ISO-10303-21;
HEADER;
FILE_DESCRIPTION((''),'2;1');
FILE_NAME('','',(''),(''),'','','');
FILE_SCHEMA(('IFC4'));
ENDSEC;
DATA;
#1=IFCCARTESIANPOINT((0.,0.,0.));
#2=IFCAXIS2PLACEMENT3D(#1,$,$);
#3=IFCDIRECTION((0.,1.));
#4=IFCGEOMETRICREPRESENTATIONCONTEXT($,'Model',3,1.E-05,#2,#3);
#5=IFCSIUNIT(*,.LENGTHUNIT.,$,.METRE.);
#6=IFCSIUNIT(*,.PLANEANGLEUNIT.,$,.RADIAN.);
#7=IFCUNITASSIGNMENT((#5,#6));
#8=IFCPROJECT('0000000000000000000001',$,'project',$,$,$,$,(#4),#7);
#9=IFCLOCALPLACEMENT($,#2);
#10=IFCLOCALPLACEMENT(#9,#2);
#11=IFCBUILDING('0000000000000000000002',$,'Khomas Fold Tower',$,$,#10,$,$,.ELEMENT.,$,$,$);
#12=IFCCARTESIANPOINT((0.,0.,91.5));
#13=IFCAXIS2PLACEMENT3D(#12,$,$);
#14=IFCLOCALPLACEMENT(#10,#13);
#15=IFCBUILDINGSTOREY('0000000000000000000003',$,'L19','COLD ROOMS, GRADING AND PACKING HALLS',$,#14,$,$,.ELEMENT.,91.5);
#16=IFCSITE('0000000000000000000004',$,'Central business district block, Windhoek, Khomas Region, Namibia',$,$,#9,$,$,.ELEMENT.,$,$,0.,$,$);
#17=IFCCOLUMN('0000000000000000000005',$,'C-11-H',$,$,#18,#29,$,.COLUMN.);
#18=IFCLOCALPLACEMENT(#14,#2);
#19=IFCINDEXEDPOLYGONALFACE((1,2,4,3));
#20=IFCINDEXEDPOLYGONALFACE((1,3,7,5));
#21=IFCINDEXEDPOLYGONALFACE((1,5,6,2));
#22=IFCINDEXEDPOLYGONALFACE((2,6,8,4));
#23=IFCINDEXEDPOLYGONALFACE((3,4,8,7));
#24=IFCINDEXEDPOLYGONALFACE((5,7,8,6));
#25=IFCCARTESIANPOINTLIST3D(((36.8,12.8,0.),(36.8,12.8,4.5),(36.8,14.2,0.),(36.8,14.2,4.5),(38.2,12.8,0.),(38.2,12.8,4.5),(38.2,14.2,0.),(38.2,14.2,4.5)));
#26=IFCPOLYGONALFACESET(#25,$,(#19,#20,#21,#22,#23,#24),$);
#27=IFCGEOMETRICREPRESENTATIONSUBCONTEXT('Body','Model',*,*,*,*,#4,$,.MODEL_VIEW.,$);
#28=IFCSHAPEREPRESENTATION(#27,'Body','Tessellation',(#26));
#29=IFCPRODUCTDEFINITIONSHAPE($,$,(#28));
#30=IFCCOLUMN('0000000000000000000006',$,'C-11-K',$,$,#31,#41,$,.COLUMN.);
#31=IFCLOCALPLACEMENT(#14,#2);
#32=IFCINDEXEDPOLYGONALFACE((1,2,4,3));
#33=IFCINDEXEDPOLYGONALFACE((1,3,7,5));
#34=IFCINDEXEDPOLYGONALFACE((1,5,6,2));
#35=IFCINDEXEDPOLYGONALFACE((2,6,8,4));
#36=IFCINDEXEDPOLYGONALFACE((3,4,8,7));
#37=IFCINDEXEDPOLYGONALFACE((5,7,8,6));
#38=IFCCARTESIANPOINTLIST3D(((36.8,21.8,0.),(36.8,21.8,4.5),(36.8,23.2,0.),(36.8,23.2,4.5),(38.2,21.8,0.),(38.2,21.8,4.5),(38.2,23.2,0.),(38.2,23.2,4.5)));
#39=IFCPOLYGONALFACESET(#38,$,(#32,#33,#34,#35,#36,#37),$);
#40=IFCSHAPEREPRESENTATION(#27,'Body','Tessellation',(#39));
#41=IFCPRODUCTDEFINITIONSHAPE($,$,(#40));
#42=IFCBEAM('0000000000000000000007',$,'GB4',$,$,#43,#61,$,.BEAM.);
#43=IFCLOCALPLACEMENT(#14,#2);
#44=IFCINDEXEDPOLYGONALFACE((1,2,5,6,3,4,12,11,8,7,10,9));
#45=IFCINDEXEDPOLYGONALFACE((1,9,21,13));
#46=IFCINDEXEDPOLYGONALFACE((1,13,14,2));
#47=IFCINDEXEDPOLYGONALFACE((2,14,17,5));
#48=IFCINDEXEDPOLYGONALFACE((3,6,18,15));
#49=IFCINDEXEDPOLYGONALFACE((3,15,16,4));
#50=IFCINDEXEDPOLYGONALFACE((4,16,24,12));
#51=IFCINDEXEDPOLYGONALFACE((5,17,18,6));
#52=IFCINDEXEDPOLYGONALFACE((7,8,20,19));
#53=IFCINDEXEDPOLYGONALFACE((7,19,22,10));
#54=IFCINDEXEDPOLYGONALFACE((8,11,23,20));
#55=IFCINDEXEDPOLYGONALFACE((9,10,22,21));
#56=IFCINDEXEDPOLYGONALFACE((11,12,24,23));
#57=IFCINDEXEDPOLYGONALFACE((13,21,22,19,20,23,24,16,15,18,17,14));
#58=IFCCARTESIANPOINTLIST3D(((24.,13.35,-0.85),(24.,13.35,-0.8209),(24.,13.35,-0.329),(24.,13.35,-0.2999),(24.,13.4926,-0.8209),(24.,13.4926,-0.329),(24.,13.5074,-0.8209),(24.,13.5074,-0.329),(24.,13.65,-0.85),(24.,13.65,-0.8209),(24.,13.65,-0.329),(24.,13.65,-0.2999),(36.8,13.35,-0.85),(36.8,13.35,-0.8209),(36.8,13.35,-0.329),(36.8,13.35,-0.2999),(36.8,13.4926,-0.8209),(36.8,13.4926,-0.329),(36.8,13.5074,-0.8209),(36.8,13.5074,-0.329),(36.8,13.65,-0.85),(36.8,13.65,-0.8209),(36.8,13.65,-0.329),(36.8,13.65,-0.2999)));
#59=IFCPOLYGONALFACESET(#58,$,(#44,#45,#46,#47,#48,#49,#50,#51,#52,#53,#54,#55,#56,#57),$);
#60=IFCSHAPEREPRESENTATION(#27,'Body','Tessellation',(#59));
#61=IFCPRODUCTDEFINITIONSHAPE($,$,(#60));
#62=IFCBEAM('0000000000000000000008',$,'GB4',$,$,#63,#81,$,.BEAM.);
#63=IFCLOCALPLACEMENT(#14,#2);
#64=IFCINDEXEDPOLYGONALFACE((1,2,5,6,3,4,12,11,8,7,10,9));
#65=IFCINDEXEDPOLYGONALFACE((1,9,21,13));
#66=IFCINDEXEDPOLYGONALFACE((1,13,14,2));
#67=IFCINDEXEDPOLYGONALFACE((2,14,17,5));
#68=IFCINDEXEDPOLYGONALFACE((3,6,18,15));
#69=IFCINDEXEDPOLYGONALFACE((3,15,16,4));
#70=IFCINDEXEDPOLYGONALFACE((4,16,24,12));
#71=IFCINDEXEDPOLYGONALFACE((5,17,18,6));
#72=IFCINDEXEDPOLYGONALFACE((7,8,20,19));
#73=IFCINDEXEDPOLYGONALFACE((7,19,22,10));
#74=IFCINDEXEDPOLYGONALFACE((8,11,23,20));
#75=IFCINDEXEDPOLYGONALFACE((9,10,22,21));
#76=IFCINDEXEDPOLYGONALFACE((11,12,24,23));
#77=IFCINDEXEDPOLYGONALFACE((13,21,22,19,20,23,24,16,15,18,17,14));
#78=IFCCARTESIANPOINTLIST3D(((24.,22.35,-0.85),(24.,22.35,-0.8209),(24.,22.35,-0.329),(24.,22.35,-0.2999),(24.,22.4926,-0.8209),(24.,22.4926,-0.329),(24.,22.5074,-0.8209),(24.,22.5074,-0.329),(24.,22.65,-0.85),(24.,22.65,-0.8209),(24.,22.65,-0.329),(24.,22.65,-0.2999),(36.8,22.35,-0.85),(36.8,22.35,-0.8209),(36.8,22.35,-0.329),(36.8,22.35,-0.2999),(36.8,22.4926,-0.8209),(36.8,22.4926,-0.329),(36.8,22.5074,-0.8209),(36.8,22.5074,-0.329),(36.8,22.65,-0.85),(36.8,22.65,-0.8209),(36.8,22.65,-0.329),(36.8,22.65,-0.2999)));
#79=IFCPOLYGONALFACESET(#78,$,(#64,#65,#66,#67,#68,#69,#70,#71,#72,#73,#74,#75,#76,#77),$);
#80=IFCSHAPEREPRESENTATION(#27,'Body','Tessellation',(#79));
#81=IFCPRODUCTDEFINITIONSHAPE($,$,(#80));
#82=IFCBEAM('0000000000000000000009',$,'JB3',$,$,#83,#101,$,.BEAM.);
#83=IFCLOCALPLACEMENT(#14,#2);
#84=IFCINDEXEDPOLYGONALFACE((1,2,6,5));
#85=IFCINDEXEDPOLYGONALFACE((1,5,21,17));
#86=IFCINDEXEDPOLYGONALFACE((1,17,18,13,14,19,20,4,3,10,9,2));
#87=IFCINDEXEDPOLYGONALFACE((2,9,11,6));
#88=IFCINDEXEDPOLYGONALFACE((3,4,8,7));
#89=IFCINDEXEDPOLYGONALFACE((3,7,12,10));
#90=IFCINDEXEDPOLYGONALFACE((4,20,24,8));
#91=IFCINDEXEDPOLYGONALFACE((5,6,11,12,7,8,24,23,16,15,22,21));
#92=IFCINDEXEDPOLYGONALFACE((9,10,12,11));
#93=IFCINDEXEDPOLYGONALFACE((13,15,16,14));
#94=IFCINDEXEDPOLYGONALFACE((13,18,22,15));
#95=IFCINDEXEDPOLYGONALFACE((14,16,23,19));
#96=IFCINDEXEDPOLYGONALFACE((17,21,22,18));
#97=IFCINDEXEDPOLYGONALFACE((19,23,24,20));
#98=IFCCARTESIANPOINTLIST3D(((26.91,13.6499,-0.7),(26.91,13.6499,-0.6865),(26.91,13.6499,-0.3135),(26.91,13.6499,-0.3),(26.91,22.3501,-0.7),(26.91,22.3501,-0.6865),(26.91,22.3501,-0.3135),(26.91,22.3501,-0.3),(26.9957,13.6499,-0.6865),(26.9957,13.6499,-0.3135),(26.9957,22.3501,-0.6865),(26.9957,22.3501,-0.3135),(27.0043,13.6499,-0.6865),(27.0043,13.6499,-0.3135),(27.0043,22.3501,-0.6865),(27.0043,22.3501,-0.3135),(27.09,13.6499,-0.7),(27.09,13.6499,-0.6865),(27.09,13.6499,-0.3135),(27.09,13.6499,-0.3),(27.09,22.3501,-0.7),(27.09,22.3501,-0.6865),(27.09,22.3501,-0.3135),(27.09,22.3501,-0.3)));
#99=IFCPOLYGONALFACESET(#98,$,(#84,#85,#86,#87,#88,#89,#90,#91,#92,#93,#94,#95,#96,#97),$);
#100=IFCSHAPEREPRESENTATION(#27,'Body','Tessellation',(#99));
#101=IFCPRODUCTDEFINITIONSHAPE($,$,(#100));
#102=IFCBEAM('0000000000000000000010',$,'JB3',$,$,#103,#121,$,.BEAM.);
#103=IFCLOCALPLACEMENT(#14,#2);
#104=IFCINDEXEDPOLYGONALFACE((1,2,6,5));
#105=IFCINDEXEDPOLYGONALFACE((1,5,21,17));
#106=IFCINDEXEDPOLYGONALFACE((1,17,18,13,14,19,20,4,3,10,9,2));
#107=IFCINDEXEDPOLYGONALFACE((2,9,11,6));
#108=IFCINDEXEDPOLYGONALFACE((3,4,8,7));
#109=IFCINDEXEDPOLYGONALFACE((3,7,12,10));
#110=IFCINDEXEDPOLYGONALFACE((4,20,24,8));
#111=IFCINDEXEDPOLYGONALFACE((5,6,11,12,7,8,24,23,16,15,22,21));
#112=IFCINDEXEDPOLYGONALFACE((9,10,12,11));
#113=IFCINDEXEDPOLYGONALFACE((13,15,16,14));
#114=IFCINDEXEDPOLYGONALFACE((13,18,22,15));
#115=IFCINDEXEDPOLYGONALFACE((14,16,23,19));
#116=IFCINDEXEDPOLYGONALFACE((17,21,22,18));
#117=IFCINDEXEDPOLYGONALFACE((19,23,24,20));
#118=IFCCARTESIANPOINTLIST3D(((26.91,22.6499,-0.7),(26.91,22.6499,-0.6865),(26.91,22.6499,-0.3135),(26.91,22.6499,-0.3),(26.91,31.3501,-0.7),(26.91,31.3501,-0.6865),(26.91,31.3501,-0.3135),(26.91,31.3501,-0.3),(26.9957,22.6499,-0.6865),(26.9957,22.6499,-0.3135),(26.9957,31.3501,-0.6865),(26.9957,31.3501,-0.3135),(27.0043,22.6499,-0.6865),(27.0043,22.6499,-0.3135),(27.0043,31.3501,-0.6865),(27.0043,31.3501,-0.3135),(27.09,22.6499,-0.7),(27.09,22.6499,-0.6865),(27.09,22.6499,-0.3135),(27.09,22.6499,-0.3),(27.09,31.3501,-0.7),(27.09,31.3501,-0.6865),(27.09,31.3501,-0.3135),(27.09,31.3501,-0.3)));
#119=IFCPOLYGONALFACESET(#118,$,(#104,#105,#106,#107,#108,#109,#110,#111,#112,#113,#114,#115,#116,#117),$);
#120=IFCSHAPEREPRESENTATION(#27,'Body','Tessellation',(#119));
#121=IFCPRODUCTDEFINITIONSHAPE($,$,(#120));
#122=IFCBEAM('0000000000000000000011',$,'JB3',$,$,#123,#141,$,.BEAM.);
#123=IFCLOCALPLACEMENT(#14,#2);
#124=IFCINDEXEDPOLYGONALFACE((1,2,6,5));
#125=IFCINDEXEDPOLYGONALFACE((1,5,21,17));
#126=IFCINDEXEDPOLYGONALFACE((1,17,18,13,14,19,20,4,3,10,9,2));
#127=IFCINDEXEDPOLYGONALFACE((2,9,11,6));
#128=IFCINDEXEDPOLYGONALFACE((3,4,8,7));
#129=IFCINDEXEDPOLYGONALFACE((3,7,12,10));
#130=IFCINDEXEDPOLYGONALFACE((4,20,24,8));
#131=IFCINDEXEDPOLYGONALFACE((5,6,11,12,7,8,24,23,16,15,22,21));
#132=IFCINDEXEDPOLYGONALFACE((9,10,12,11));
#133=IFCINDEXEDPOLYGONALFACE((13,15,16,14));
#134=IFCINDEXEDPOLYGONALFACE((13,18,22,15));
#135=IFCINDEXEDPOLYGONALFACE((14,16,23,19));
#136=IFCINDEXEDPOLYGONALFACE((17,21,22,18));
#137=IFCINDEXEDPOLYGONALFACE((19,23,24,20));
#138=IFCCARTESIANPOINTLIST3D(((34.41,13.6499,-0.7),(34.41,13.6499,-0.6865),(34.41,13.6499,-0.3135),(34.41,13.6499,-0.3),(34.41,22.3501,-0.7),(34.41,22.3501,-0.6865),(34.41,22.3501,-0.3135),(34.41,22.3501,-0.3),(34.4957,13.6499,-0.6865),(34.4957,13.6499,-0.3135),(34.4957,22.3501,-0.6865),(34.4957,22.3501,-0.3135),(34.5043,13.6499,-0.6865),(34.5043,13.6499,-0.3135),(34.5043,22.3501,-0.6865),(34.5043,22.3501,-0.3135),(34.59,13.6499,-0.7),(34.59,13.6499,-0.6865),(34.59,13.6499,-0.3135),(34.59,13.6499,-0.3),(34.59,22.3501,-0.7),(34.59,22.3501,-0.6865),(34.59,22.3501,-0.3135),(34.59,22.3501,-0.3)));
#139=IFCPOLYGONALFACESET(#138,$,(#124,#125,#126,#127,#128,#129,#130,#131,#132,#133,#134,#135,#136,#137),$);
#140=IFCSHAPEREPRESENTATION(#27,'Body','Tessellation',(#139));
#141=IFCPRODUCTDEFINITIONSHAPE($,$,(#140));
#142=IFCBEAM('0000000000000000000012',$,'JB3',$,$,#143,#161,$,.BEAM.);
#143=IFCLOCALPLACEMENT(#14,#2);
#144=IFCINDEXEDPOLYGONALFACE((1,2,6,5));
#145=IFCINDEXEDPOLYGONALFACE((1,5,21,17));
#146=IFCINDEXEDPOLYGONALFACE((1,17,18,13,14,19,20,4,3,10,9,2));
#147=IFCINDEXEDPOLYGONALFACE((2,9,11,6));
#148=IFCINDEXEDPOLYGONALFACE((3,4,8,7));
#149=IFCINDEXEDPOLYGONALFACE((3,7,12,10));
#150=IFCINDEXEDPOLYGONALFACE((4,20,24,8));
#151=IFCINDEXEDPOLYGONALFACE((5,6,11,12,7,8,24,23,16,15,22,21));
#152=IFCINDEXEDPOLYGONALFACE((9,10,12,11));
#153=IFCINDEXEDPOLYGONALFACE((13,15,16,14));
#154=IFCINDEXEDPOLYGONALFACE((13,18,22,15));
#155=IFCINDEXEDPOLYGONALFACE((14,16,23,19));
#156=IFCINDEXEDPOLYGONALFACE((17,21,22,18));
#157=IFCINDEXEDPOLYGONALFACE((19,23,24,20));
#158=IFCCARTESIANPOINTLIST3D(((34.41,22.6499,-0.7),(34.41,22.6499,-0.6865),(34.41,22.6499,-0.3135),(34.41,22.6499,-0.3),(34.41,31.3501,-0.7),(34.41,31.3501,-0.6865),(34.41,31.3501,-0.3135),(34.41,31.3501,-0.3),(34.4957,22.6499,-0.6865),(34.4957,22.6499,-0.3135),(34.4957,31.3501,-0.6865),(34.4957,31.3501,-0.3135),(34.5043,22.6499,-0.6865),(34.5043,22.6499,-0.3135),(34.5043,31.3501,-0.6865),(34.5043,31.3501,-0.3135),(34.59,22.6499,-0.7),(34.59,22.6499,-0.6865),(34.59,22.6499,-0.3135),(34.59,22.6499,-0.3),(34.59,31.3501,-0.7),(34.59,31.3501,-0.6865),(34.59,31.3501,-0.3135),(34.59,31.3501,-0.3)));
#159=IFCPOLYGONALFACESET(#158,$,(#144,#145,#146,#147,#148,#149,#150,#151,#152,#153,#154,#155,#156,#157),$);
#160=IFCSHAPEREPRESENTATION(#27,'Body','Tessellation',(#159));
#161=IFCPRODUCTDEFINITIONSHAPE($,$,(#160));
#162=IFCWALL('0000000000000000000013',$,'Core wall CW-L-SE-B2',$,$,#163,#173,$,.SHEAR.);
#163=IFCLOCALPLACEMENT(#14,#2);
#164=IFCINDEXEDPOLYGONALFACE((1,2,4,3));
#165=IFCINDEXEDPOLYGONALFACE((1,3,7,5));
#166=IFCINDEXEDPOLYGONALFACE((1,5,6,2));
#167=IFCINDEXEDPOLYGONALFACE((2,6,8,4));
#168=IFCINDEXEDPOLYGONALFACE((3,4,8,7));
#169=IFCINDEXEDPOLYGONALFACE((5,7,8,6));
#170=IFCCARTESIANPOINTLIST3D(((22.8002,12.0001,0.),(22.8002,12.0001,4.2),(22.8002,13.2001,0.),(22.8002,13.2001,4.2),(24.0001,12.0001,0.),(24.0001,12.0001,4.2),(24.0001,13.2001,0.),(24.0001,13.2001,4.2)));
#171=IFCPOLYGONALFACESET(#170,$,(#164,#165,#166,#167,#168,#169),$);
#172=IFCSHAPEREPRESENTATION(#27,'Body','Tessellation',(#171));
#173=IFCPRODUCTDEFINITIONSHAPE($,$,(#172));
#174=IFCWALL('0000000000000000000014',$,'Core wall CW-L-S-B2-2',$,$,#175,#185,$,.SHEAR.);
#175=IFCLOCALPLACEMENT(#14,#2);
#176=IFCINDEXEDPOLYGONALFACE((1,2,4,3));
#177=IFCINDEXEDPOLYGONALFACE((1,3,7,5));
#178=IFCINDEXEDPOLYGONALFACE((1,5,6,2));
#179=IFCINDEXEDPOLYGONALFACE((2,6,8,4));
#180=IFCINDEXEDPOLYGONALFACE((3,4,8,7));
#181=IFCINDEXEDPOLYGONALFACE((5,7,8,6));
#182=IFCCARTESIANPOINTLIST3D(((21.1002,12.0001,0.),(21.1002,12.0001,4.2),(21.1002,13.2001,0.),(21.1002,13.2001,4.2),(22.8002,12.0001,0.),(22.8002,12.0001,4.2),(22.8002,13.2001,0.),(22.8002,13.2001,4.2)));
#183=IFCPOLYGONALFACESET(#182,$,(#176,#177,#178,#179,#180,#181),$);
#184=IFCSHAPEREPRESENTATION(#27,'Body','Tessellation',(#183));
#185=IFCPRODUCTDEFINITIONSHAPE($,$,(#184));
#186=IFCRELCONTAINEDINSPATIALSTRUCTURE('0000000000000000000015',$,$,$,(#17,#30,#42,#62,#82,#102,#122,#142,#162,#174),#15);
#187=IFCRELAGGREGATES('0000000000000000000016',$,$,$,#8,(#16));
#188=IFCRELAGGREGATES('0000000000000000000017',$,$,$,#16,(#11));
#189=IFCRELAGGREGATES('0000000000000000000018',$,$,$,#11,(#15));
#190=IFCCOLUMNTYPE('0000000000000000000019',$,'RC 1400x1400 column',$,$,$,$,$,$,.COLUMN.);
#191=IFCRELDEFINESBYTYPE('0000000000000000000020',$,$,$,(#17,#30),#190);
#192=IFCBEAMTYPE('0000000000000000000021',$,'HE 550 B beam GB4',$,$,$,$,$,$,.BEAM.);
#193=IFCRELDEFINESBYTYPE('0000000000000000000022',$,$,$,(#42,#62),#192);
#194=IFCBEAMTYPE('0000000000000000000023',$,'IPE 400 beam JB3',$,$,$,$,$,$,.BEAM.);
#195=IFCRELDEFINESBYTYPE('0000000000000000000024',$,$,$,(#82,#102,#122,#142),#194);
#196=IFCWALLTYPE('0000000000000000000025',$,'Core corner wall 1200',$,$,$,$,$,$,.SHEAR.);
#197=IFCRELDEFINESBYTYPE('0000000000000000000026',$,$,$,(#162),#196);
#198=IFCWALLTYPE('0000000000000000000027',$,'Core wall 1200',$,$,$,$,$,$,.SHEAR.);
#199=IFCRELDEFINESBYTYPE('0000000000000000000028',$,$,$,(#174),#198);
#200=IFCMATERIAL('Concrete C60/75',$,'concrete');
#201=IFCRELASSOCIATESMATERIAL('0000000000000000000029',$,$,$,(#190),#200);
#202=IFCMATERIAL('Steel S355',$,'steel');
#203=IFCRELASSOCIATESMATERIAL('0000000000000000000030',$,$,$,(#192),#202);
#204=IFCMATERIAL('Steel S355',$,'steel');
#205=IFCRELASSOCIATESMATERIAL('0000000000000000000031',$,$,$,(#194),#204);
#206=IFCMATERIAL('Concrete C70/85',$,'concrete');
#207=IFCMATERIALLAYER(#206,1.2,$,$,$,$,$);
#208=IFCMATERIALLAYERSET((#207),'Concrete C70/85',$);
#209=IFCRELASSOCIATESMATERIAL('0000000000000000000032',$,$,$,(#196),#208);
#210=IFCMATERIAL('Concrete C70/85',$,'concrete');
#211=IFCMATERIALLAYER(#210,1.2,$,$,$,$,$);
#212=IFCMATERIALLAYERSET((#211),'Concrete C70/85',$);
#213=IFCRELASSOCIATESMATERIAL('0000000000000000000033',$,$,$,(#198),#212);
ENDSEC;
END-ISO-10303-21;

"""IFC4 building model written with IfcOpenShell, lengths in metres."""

from ifc_helpers import new_model, si_unit, direction, frame, frame_2d, origin, origin_2d, place, context, subcontext, project, spatial, rectangle, i_section, extrude, source, transform, mapped, material, layer, layer_set, material_profile, profile_set, type_object, element, save


model = new_model("IFC4")

# Units and contexts
model_context = context("Model", 3, precision=1e-05, world=origin(), true_north=direction((0.0, 1.0)))
body_context = subcontext(model_context, "Body", "Model", "MODEL_VIEW")
ifc_project = project(units=[si_unit("LENGTHUNIT", "METRE"), si_unit("PLANEANGLEUNIT", "RADIAN")], contexts=[model_context])

# Site, building, storey
site_placement = place(None, origin())
site = spatial("IfcSite", under=ifc_project, at=site_placement, Name="Central business district block, Windhoek, Khomas Region, Namibia", CompositionType="ELEMENT", RefElevation=0.0)
building_placement = place(site_placement, origin())
building = spatial("IfcBuilding", under=site, at=building_placement, Name="Khomas Fold Tower", CompositionType="ELEMENT")
storey_placement = place(building_placement, frame((0.0, 0.0, 91.5)))
storey = spatial("IfcBuildingStorey", under=building, at=storey_placement, Name="L19", Description="COLD ROOMS, GRADING AND PACKING HALLS", CompositionType="ELEMENT", Elevation=91.5)

# Columns
ifc_material_1 = material(Name="Concrete C60/75", Category="concrete")
ifc_material_profile_1 = material_profile(ifc_material_1, rectangle(XDim=1.3999, YDim=1.3999, at=origin_2d()), Name="RC 1400x1400")
ifc_profile_set_1 = profile_set([ifc_material_profile_1], Name="Concrete C60/75")
column_type = type_object("IfcColumnType", Name="RC 1400x1400 column", PredefinedType="COLUMN", material=ifc_profile_set_1)
shared_shape_1 = source(origin(), body_context, "Body", "SweptSolid", [
    extrude(rectangle(XDim=1.3999, YDim=1.3999, at=origin_2d()), origin(), (0.0, 0.0, 1.0), 4.5),
])
for number, where, z_axis, x_axis, name in (
    (1, (37.5, 13.5, 0.0), (0.0, 0.0, 1.0), (1.0, 0.0, 0.0), "C-11-H"),
    (2, (37.5, 22.5, 0.0), (0.0, 0.0, 1.0), (1.0, 0.0, 0.0), "C-11-K"),
):
    element("IfcColumn", number, at=place(storey_placement, frame(where, z_axis=z_axis, x_axis=x_axis)), inside=storey, type_object=column_type, Name=name, PredefinedType="COLUMN", context=body_context, shape_type="MappedRepresentation", body=[
        mapped(shared_shape_1, transform((0.0, 0.0, 0.0))),
    ])

# Beams
ifc_material_2 = material(Name="Steel S355", Category="steel")
ifc_material_profile_2 = material_profile(ifc_material_2, i_section(OverallWidth=0.3, OverallDepth=0.55, WebThickness=0.0149, FlangeThickness=0.0291, at=origin_2d()), Name="HE 550 B")
ifc_profile_set_2 = profile_set([ifc_material_profile_2], Name="Steel S355")
beam_type_1 = type_object("IfcBeamType", Name="HE 550 B beam GB4", PredefinedType="BEAM", material=ifc_profile_set_2)
shared_shape_2 = source(origin(), body_context, "Body", "SweptSolid", [
    extrude(i_section(OverallWidth=0.3, OverallDepth=0.55, WebThickness=0.0149, FlangeThickness=0.0291, at=origin_2d()), origin(), (0.0, 0.0, 1.0), 12.8),
])
for number, where, z_axis, x_axis, name in (
    (3, (24.0, 13.5, -0.575), (1.0, 0.0, 0.0), (0.0, 1.0, 0.0), "GB4"),
    (4, (24.0, 22.5, -0.575), (1.0, 0.0, 0.0), (0.0, 1.0, 0.0), "GB4"),
):
    element("IfcBeam", number, at=place(storey_placement, frame(where, z_axis=z_axis, x_axis=x_axis)), inside=storey, type_object=beam_type_1, Name=name, PredefinedType="BEAM", context=body_context, shape_type="MappedRepresentation", body=[
        mapped(shared_shape_2, transform((0.0, 0.0, 0.0))),
    ])
ifc_material_3 = material(Name="Steel S355", Category="steel")
ifc_material_profile_3 = material_profile(ifc_material_3, i_section(OverallWidth=0.1799, OverallDepth=0.3999, WebThickness=0.0085, FlangeThickness=0.0134, at=origin_2d()), Name="IPE 400")
ifc_profile_set_3 = profile_set([ifc_material_profile_3], Name="Steel S355")
beam_type_2 = type_object("IfcBeamType", Name="IPE 400 beam JB3", PredefinedType="BEAM", material=ifc_profile_set_3)
shared_shape_3 = source(origin(), body_context, "Body", "SweptSolid", [
    extrude(i_section(OverallWidth=0.1799, OverallDepth=0.3999, WebThickness=0.0085, FlangeThickness=0.0134, at=origin_2d()), origin(), (0.0, 0.0, 1.0), 8.7002),
])
for number, where, z_axis, x_axis, name in (
    (5, (27.0, 13.6499, -0.5), (0.0, 1.0, 0.0), (-1.0, 0.0, 0.0), "JB3"),
    (6, (27.0, 22.6499, -0.5), (0.0, 1.0, 0.0), (-1.0, 0.0, 0.0), "JB3"),
    (7, (34.5, 13.6499, -0.5), (0.0, 1.0, 0.0), (-1.0, 0.0, 0.0), "JB3"),
    (8, (34.5, 22.6499, -0.5), (0.0, 1.0, 0.0), (-1.0, 0.0, 0.0), "JB3"),
):
    element("IfcBeam", number, at=place(storey_placement, frame(where, z_axis=z_axis, x_axis=x_axis)), inside=storey, type_object=beam_type_2, Name=name, PredefinedType="BEAM", context=body_context, shape_type="MappedRepresentation", body=[
        mapped(shared_shape_3, transform((0.0, 0.0, 0.0))),
    ])

# Walls
ifc_material_4 = material(Name="Concrete C70/85", Category="concrete")
ifc_layer_1 = layer(ifc_material_4, 1.2)
ifc_layer_set_1 = layer_set([ifc_layer_1], Name="Concrete C70/85")
wall_type_1 = type_object("IfcWallType", Name="Core corner wall 1200", PredefinedType="SHEAR", material=ifc_layer_set_1)
shared_shape_4 = source(origin(), body_context, "Body", "SweptSolid", [
    extrude(rectangle(XDim=1.2, YDim=1.2, at=frame_2d((0.6001, 0.0))), origin(), (0.0, 0.0, 1.0), 4.2),
])
wall_1_placement = place(storey_placement, frame((22.8, 12.6001, 0.0), z_axis=(0.0, 0.0, 1.0), x_axis=(1.0, 0.0, 0.0)))
element("IfcWall", 9, at=wall_1_placement, inside=storey, type_object=wall_type_1, Name="Core wall CW-L-SE-B2", PredefinedType="SHEAR", context=body_context, shape_type="MappedRepresentation", body=[
    mapped(shared_shape_4, transform((0.0, 0.0, 0.0))),
])
ifc_material_5 = material(Name="Concrete C70/85", Category="concrete")
ifc_layer_2 = layer(ifc_material_5, 1.2)
ifc_layer_set_2 = layer_set([ifc_layer_2], Name="Concrete C70/85")
wall_type_2 = type_object("IfcWallType", Name="Core wall 1200", PredefinedType="SHEAR", material=ifc_layer_set_2)
shared_shape_5 = source(origin(), body_context, "Body", "SweptSolid", [
    extrude(rectangle(XDim=1.7, YDim=1.2, at=frame_2d((0.8501, 0.0))), origin(), (0.0, 0.0, 1.0), 4.2),
])
wall_2_placement = place(storey_placement, frame((21.1001, 12.6001, 0.0), z_axis=(0.0, 0.0, 1.0), x_axis=(1.0, 0.0, 0.0)))
element("IfcWall", 10, at=wall_2_placement, inside=storey, type_object=wall_type_2, Name="Core wall CW-L-S-B2-2", PredefinedType="SHEAR", context=body_context, shape_type="MappedRepresentation", body=[
    mapped(shared_shape_5, transform((0.0, 0.0, 0.0))),
])

save(model, "model.ifc")
